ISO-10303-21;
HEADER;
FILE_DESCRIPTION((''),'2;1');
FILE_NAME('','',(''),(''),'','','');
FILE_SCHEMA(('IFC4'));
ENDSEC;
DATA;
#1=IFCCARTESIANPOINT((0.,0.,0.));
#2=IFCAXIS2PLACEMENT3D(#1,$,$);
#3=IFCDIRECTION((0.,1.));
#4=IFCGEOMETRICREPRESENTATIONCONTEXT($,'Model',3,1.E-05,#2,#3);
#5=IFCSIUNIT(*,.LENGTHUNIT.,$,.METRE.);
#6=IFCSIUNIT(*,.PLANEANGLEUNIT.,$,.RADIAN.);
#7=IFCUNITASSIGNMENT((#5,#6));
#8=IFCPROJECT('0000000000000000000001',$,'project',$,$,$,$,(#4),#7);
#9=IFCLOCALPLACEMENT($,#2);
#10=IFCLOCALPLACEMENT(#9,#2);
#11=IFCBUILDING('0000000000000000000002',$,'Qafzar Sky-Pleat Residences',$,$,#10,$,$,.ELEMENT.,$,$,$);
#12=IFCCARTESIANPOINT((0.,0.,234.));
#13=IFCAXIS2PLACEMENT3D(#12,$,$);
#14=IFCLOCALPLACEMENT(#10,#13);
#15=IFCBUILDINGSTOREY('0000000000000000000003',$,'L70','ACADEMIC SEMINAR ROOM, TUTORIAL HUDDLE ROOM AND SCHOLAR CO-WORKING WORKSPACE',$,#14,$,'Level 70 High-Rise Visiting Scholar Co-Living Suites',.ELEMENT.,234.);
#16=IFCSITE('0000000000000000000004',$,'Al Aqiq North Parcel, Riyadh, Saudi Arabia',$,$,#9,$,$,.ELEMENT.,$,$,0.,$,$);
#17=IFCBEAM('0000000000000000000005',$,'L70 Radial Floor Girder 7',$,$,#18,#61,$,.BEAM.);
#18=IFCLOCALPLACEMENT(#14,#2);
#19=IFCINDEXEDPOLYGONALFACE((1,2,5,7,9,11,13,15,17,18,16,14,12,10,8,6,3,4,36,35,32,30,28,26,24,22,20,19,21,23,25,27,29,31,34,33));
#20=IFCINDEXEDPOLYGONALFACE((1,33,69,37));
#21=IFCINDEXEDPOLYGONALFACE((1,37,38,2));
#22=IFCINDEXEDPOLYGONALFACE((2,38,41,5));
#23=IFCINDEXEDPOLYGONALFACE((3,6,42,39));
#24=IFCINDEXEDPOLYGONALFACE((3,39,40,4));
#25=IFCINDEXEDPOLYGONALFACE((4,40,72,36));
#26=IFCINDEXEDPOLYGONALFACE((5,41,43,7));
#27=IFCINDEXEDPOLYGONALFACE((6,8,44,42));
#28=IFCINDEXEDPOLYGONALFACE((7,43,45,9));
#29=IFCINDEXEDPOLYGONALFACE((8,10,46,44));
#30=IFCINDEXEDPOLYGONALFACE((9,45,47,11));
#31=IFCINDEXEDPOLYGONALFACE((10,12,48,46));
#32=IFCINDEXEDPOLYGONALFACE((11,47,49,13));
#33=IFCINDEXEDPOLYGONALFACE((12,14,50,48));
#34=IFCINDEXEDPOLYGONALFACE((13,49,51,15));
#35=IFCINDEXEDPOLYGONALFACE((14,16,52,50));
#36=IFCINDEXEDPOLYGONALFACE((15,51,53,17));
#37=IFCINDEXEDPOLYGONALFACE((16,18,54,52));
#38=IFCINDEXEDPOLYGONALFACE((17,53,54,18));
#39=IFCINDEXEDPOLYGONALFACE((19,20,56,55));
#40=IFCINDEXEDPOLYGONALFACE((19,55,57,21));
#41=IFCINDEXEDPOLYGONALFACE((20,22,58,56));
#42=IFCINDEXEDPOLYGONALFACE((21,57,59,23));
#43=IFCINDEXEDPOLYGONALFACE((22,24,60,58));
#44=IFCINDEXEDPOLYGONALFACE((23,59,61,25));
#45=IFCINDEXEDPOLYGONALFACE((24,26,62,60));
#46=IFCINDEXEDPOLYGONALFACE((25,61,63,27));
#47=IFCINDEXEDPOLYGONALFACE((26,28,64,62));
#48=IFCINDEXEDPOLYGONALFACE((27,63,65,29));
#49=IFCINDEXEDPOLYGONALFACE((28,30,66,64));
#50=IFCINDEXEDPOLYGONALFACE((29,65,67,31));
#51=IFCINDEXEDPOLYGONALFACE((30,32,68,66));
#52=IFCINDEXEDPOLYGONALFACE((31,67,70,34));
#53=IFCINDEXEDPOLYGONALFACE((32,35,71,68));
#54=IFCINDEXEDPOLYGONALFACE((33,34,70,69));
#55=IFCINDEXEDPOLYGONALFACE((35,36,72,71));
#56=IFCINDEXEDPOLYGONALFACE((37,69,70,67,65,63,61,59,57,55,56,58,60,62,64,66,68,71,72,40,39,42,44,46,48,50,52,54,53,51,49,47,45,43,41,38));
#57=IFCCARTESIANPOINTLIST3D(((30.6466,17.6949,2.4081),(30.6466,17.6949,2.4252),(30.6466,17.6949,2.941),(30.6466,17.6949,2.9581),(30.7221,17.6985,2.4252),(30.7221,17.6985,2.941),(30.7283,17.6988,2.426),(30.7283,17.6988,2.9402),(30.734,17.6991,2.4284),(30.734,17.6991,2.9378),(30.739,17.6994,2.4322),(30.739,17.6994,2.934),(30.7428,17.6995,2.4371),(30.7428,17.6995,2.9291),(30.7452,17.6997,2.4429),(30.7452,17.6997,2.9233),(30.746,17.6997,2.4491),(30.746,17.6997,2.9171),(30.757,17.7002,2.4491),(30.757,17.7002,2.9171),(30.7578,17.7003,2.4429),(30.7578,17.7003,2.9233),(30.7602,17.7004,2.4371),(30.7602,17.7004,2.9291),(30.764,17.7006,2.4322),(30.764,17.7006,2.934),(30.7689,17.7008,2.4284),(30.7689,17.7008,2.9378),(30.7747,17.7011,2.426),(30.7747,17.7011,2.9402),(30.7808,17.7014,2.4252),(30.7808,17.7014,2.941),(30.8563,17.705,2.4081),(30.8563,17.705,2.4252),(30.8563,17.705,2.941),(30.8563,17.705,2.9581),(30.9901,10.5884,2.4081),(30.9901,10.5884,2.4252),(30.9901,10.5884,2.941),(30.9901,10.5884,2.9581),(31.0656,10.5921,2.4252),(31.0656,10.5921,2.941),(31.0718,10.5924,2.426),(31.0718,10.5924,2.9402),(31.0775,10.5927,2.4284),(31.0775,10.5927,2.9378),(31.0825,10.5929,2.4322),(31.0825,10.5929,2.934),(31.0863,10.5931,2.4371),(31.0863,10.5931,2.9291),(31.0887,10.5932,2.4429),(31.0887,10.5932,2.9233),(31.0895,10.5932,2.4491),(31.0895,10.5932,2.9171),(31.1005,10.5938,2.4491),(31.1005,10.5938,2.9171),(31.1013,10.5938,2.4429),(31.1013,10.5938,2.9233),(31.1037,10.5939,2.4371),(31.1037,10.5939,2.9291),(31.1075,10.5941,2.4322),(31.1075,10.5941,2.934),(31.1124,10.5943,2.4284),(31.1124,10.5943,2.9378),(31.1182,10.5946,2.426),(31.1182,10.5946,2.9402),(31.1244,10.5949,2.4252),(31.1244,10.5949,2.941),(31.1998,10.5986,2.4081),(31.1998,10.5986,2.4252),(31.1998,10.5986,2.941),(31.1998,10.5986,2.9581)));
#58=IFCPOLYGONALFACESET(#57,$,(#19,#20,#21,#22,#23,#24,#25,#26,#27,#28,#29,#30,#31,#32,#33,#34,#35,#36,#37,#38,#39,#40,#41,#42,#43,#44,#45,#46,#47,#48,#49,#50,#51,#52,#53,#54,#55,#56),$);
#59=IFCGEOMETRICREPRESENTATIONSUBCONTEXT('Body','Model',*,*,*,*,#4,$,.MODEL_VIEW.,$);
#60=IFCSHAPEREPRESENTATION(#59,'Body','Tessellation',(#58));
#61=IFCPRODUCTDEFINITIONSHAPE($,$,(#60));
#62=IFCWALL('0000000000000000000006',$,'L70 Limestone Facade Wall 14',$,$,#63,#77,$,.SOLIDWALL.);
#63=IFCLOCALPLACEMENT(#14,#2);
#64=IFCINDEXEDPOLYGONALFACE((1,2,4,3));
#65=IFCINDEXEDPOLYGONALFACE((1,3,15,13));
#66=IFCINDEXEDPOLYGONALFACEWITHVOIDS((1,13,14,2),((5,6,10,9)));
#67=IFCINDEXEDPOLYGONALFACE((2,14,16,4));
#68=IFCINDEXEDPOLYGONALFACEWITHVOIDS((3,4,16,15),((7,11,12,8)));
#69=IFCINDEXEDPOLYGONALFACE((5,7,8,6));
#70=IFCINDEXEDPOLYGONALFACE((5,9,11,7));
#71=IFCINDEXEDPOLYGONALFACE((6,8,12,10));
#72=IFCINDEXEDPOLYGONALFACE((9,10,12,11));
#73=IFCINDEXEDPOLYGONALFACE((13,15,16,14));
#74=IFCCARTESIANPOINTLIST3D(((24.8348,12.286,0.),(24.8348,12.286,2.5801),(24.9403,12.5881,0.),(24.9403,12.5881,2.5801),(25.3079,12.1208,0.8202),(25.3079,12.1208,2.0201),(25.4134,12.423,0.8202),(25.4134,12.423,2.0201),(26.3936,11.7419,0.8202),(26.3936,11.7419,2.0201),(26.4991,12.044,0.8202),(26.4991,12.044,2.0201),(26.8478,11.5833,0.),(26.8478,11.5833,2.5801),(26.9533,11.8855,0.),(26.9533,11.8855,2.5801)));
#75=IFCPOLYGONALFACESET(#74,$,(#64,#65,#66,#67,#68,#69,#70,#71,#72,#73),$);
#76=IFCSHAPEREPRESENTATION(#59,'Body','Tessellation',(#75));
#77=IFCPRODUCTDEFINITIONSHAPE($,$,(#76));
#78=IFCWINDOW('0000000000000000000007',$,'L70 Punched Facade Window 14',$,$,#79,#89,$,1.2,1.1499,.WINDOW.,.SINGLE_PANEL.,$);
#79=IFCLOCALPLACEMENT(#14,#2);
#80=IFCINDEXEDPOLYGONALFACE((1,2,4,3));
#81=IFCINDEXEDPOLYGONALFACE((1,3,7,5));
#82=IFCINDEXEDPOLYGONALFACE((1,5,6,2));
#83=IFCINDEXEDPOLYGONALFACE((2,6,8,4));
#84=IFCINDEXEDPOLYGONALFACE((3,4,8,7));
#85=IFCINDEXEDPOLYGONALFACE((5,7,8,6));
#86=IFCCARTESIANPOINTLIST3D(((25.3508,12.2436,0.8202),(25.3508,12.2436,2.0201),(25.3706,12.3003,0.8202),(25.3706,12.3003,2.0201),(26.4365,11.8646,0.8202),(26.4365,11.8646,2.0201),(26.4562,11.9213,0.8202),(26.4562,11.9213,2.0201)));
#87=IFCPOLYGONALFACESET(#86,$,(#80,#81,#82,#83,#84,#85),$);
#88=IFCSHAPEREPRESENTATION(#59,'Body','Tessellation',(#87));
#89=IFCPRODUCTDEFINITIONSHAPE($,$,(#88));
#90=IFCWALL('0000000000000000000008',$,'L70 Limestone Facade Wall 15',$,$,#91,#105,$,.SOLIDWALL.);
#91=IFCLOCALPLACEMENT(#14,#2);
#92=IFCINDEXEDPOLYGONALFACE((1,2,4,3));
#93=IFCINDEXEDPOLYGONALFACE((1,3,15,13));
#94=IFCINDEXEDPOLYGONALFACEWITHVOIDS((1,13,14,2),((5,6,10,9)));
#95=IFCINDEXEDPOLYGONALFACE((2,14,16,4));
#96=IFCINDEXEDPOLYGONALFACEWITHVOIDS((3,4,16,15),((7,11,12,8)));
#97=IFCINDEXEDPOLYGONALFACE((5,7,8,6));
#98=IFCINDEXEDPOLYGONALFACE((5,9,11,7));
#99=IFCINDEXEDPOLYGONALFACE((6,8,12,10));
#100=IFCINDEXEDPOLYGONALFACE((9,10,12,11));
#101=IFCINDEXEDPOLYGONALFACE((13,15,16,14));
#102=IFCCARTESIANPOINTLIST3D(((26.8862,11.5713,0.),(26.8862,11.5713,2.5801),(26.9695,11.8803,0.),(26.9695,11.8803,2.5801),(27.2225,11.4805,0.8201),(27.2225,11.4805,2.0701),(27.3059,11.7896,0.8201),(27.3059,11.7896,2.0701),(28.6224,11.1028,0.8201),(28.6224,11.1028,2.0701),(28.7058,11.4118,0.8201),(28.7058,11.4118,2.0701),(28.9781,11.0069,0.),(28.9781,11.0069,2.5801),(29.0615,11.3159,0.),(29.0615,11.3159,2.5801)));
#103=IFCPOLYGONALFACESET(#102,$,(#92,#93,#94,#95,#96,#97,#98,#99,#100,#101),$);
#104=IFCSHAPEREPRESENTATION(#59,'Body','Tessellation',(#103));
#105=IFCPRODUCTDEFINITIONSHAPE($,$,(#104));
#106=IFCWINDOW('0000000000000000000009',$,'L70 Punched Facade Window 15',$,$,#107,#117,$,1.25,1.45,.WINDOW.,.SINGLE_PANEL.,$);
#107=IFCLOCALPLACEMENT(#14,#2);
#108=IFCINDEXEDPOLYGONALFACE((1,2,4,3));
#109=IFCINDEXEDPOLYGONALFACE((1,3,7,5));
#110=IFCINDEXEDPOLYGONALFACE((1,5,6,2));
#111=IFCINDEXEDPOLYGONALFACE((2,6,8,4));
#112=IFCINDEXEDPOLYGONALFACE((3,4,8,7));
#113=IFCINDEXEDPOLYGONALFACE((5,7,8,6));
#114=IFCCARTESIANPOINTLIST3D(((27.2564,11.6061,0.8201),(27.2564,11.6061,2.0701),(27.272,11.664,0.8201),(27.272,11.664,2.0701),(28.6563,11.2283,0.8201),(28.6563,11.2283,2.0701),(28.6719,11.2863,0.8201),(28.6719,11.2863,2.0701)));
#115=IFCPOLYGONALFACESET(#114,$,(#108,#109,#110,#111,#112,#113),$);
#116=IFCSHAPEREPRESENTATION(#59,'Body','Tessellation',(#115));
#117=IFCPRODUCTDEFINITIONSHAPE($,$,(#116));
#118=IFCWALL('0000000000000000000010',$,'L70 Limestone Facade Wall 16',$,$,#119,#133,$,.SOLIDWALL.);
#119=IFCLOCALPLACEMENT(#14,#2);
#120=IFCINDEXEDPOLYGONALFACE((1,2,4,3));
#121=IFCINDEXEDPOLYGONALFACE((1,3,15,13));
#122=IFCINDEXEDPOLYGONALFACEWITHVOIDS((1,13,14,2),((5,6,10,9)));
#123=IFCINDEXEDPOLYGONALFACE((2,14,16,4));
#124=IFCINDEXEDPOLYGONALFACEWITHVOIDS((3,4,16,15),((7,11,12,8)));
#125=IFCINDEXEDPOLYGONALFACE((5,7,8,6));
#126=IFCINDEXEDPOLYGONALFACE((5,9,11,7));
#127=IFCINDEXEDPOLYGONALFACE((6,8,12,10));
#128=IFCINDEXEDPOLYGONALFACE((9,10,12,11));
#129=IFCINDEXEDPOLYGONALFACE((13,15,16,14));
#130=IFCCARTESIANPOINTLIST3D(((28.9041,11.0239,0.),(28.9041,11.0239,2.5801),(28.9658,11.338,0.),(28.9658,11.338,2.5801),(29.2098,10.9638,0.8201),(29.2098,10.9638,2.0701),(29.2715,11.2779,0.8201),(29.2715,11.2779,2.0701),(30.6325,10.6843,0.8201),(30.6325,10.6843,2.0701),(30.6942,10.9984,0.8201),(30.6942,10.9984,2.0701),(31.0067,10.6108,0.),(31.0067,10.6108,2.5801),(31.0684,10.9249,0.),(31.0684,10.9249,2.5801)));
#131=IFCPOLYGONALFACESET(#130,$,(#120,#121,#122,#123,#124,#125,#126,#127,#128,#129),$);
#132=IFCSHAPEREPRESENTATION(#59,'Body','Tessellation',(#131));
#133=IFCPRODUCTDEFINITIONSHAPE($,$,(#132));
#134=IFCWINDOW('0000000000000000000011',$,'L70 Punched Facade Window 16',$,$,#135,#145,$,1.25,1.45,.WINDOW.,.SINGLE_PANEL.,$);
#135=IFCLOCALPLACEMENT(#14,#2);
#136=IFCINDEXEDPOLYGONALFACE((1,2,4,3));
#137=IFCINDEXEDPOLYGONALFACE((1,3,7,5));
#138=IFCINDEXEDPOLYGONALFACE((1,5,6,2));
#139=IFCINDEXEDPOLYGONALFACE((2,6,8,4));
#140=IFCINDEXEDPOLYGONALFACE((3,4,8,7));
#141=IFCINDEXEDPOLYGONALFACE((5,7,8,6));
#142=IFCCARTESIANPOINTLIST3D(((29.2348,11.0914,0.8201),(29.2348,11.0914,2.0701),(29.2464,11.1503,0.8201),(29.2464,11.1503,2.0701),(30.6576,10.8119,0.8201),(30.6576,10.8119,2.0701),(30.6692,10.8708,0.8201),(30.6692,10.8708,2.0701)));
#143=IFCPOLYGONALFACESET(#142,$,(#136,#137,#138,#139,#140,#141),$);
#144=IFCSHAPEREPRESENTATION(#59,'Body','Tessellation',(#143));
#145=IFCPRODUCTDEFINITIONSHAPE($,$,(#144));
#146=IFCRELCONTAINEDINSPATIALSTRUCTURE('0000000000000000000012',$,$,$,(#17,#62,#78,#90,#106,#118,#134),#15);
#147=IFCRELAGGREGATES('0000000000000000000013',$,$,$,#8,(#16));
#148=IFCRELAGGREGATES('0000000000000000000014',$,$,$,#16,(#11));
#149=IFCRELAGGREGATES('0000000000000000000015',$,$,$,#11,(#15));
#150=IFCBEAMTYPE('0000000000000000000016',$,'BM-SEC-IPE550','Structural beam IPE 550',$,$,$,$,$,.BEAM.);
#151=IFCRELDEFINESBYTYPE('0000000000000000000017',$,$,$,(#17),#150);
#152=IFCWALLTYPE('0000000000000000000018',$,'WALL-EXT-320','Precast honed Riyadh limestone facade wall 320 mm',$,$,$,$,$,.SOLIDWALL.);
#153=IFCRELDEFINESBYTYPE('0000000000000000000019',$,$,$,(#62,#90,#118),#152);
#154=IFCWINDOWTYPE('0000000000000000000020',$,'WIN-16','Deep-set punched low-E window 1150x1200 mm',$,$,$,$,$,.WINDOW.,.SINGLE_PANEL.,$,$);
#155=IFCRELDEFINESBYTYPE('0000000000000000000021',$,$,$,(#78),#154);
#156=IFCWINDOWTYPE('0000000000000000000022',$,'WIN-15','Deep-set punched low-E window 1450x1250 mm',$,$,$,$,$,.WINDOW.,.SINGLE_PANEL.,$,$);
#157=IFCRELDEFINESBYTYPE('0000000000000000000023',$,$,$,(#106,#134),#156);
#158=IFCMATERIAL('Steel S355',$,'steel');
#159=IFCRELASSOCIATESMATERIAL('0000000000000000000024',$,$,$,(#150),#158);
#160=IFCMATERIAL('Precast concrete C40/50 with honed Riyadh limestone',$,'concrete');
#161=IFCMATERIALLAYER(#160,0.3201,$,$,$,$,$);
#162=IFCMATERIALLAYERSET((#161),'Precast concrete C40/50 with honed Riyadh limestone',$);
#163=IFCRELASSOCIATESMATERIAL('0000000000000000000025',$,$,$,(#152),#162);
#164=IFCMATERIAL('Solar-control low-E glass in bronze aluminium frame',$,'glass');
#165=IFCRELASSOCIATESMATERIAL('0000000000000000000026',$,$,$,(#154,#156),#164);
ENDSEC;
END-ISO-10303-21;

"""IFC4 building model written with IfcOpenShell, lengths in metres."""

from ifc_helpers import new_model, si_unit, direction, frame, frame_2d, origin, origin_2d, place, context, subcontext, project, spatial, rectangle, i_section, extrude, source, transform, mapped, material, layer, layer_set, material_profile, profile_set, type_object, element, fill, save


model = new_model("IFC4")

# Units and contexts
model_context = context("Model", 3, precision=1e-05, world=origin(), true_north=direction((0.0, 1.0)))
body_context = subcontext(model_context, "Body", "Model", "MODEL_VIEW")
ifc_project = project(units=[si_unit("LENGTHUNIT", "METRE"), si_unit("PLANEANGLEUNIT", "RADIAN")], contexts=[model_context])

# Site, building, storey
site_placement = place(None, origin())
site = spatial("IfcSite", under=ifc_project, at=site_placement, Name="Al Aqiq North Parcel, Riyadh, Saudi Arabia", CompositionType="ELEMENT", RefElevation=0.0)
building_placement = place(site_placement, origin())
building = spatial("IfcBuilding", under=site, at=building_placement, Name="Qafzar Sky-Pleat Residences", CompositionType="ELEMENT")
storey_placement = place(building_placement, frame((0.0, 0.0, 234.0)))
storey = spatial("IfcBuildingStorey", under=building, at=storey_placement, Name="L70", Description="ACADEMIC SEMINAR ROOM, TUTORIAL HUDDLE ROOM AND SCHOLAR CO-WORKING WORKSPACE", LongName="Level 70 High-Rise Visiting Scholar Co-Living Suites", CompositionType="ELEMENT", Elevation=234.0)

# Shared definitions
ifc_material_1 = material(Name="Steel S355", Category="steel")

# Beam
ifc_material_profile_1 = material_profile(ifc_material_1, i_section(OverallWidth=0.21, OverallDepth=0.55, WebThickness=0.011, FlangeThickness=0.0171, FilletRadius=0.0239, at=origin_2d()), Name="IPE 550")
ifc_profile_set_1 = profile_set([ifc_material_profile_1], Name="Steel S355")
beam_type_1 = type_object("IfcBeamType", Name="BM-SEC-IPE550", Description="Structural beam IPE 550", PredefinedType="BEAM", material=ifc_profile_set_1)
shared_shape_1 = source(origin(), body_context, "Body", "SweptSolid", [
    extrude(i_section(OverallWidth=0.21, OverallDepth=0.55, WebThickness=0.011, FlangeThickness=0.0171, FilletRadius=0.0239, at=origin_2d()), origin(), (0.0, 0.0, 1.0), 7.1147),
])
beam_1_placement = place(storey_placement, frame((31.095, 10.5935, 2.6831), z_axis=(-0.048281, 0.998834, 0.0), x_axis=(-0.998834, -0.048281, 0.0)))
element("IfcBeam", 1, at=beam_1_placement, inside=storey, type_object=beam_type_1, Name="L70 Radial Floor Girder 7", PredefinedType="BEAM", context=body_context, shape_type="MappedRepresentation", body=[
    mapped(shared_shape_1, transform((0.0, 0.0, 0.0), x_axis=(1.0, 0.0, 0.0), y_axis=(0.0, 1.0, 0.0), z_axis=(0.0, 0.0, 1.0), scale=1.0)),
])

# Walls, openings, windows
ifc_material_2 = material(Name="Precast concrete C40/50 with honed Riyadh limestone", Category="concrete")
ifc_layer_1 = layer(ifc_material_2, 0.3201)
ifc_layer_set_1 = layer_set([ifc_layer_1], Name="Precast concrete C40/50 with honed Riyadh limestone")
wall_type = type_object("IfcWallType", Name="WALL-EXT-320", Description="Precast honed Riyadh limestone facade wall 320 mm", PredefinedType="SOLIDWALL", material=ifc_layer_set_1)
wall_1_placement = place(storey_placement, frame((24.8877, 12.437, 0.0), z_axis=(0.0, 0.0, 1.0), x_axis=(0.944135, -0.32956, 0.0)))
wall_1 = element("IfcWall", 2, at=wall_1_placement, inside=storey, type_object=wall_type, Name="L70 Limestone Facade Wall 14", PredefinedType="SOLIDWALL", context=body_context, shape_type="SweptSolid", body=[
    extrude(rectangle(XDim=2.1321, YDim=0.3201, at=frame_2d((1.0659, 0.0))), origin(), (0.0, 0.0, 1.0), 2.5801),
])
opening_1_placement = place(wall_1_placement, frame((0.501, 0.0, 0.8201)))
opening_1 = element("IfcOpeningElement", 3, at=opening_1_placement, cuts=wall_1, PredefinedType="OPENING", context=body_context, shape_type="SweptSolid", body=[
    extrude(rectangle(XDim=1.1499, YDim=1.2, at=frame_2d((0.575, 0.6001))), frame((0.0, 0.1699, 0.0), z_axis=(0.0, -1.0, 0.0), x_axis=(1.0, 0.0, 0.0)), (0.0, 0.0, 1.0), 0.3401),
])
ifc_material_3 = material(Name="Solar-control low-E glass in bronze aluminium frame", Category="glass")
window_type_1 = type_object("IfcWindowType", Name="WIN-16", Description="Deep-set punched low-E window 1150x1200 mm", PartitioningType="SINGLE_PANEL", PredefinedType="WINDOW", material=ifc_material_3)
shared_shape_2 = source(origin(), body_context, "Body", "SweptSolid", [
    extrude(rectangle(XDim=1.1499, YDim=1.2, at=frame_2d((0.575, 0.6001))), frame((0.0, 0.03, 0.0), z_axis=(0.0, -1.0, 0.0), x_axis=(1.0, 0.0, 0.0)), (0.0, 0.0, 1.0), 0.0601),
])
window_1_placement = place(opening_1_placement, origin())
window_1 = element("IfcWindow", 4, at=window_1_placement, inside=storey, type_object=window_type_1, Name="L70 Punched Facade Window 14", OverallHeight=1.2, OverallWidth=1.1499, PartitioningType="SINGLE_PANEL", PredefinedType="WINDOW", context=body_context, shape_type="MappedRepresentation", body=[
    mapped(shared_shape_2, transform((0.0, 0.0, 0.0), x_axis=(1.0, 0.0, 0.0), y_axis=(0.0, 1.0, 0.0), z_axis=(0.0, 0.0, 1.0), scale=1.0)),
])
fill(opening_1, window_1)
wall_2_placement = place(storey_placement, frame((26.9277, 11.7258, 0.0), z_axis=(0.0, 0.0, 1.0), x_axis=(0.965475, -0.260495, 0.0)))
wall_2 = element("IfcWall", 5, at=wall_2_placement, inside=storey, type_object=wall_type, Name="L70 Limestone Facade Wall 15", PredefinedType="SOLIDWALL", context=body_context, shape_type="SweptSolid", body=[
    extrude(rectangle(XDim=2.1667, YDim=0.3201, at=frame_2d((1.0835, 0.0))), origin(), (0.0, 0.0, 1.0), 2.5801),
])
opening_2_placement = place(wall_2_placement, frame((0.3484, 0.0, 0.8201)))
opening_2 = element("IfcOpeningElement", 6, at=opening_2_placement, cuts=wall_2, PredefinedType="OPENING", context=body_context, shape_type="SweptSolid", body=[
    extrude(rectangle(XDim=1.45, YDim=1.25, at=frame_2d((0.7251, 0.625))), frame((0.0, 0.1699, 0.0), z_axis=(0.0, -1.0, 0.0), x_axis=(1.0, 0.0, 0.0)), (0.0, 0.0, 1.0), 0.3401),
])
window_type_2 = type_object("IfcWindowType", Name="WIN-15", Description="Deep-set punched low-E window 1450x1250 mm", PartitioningType="SINGLE_PANEL", PredefinedType="WINDOW", material=ifc_material_3)
shared_shape_3 = source(origin(), body_context, "Body", "SweptSolid", [
    extrude(rectangle(XDim=1.45, YDim=1.25, at=frame_2d((0.7251, 0.625))), frame((0.0, 0.03, 0.0), z_axis=(0.0, -1.0, 0.0), x_axis=(1.0, 0.0, 0.0)), (0.0, 0.0, 1.0), 0.0601),
])
window_2_placement = place(opening_2_placement, origin())
window_2 = element("IfcWindow", 7, at=window_2_placement, inside=storey, type_object=window_type_2, Name="L70 Punched Facade Window 15", OverallHeight=1.25, OverallWidth=1.45, PartitioningType="SINGLE_PANEL", PredefinedType="WINDOW", context=body_context, shape_type="MappedRepresentation", body=[
    mapped(shared_shape_3, transform((0.0, 0.0, 0.0), x_axis=(1.0, 0.0, 0.0), y_axis=(0.0, 1.0, 0.0), z_axis=(0.0, 0.0, 1.0), scale=1.0)),
])
fill(opening_2, window_2)
wall_3_placement = place(storey_placement, frame((28.9351, 11.1809, 0.0), z_axis=(0.0, 0.0, 1.0), x_axis=(0.981241, -0.192784, 0.0)))
wall_3 = element("IfcWall", 8, at=wall_3_placement, inside=storey, type_object=wall_type, Name="L70 Limestone Facade Wall 16", PredefinedType="SOLIDWALL", context=body_context, shape_type="SweptSolid", body=[
    extrude(rectangle(XDim=2.1428, YDim=0.3201, at=frame_2d((1.0713, 0.0))), origin(), (0.0, 0.0, 1.0), 2.5801),
])
opening_3_placement = place(wall_3_placement, frame((0.3113, 0.0, 0.8201)))
opening_3 = element("IfcOpeningElement", 9, at=opening_3_placement, cuts=wall_3, PredefinedType="OPENING", context=body_context, shape_type="SweptSolid", body=[
    extrude(rectangle(XDim=1.45, YDim=1.25, at=frame_2d((0.7251, 0.625))), frame((0.0, 0.1699, 0.0), z_axis=(0.0, -1.0, 0.0), x_axis=(1.0, 0.0, 0.0)), (0.0, 0.0, 1.0), 0.3401),
])
window_3_placement = place(opening_3_placement, origin())
window_3 = element("IfcWindow", 10, at=window_3_placement, inside=storey, type_object=window_type_2, Name="L70 Punched Facade Window 16", OverallHeight=1.25, OverallWidth=1.45, PartitioningType="SINGLE_PANEL", PredefinedType="WINDOW", context=body_context, shape_type="MappedRepresentation", body=[
    mapped(shared_shape_3, transform((0.0, 0.0, 0.0), x_axis=(1.0, 0.0, 0.0), y_axis=(0.0, 1.0, 0.0), z_axis=(0.0, 0.0, 1.0), scale=1.0)),
])
fill(opening_3, window_3)

save(model, "model.ifc")
